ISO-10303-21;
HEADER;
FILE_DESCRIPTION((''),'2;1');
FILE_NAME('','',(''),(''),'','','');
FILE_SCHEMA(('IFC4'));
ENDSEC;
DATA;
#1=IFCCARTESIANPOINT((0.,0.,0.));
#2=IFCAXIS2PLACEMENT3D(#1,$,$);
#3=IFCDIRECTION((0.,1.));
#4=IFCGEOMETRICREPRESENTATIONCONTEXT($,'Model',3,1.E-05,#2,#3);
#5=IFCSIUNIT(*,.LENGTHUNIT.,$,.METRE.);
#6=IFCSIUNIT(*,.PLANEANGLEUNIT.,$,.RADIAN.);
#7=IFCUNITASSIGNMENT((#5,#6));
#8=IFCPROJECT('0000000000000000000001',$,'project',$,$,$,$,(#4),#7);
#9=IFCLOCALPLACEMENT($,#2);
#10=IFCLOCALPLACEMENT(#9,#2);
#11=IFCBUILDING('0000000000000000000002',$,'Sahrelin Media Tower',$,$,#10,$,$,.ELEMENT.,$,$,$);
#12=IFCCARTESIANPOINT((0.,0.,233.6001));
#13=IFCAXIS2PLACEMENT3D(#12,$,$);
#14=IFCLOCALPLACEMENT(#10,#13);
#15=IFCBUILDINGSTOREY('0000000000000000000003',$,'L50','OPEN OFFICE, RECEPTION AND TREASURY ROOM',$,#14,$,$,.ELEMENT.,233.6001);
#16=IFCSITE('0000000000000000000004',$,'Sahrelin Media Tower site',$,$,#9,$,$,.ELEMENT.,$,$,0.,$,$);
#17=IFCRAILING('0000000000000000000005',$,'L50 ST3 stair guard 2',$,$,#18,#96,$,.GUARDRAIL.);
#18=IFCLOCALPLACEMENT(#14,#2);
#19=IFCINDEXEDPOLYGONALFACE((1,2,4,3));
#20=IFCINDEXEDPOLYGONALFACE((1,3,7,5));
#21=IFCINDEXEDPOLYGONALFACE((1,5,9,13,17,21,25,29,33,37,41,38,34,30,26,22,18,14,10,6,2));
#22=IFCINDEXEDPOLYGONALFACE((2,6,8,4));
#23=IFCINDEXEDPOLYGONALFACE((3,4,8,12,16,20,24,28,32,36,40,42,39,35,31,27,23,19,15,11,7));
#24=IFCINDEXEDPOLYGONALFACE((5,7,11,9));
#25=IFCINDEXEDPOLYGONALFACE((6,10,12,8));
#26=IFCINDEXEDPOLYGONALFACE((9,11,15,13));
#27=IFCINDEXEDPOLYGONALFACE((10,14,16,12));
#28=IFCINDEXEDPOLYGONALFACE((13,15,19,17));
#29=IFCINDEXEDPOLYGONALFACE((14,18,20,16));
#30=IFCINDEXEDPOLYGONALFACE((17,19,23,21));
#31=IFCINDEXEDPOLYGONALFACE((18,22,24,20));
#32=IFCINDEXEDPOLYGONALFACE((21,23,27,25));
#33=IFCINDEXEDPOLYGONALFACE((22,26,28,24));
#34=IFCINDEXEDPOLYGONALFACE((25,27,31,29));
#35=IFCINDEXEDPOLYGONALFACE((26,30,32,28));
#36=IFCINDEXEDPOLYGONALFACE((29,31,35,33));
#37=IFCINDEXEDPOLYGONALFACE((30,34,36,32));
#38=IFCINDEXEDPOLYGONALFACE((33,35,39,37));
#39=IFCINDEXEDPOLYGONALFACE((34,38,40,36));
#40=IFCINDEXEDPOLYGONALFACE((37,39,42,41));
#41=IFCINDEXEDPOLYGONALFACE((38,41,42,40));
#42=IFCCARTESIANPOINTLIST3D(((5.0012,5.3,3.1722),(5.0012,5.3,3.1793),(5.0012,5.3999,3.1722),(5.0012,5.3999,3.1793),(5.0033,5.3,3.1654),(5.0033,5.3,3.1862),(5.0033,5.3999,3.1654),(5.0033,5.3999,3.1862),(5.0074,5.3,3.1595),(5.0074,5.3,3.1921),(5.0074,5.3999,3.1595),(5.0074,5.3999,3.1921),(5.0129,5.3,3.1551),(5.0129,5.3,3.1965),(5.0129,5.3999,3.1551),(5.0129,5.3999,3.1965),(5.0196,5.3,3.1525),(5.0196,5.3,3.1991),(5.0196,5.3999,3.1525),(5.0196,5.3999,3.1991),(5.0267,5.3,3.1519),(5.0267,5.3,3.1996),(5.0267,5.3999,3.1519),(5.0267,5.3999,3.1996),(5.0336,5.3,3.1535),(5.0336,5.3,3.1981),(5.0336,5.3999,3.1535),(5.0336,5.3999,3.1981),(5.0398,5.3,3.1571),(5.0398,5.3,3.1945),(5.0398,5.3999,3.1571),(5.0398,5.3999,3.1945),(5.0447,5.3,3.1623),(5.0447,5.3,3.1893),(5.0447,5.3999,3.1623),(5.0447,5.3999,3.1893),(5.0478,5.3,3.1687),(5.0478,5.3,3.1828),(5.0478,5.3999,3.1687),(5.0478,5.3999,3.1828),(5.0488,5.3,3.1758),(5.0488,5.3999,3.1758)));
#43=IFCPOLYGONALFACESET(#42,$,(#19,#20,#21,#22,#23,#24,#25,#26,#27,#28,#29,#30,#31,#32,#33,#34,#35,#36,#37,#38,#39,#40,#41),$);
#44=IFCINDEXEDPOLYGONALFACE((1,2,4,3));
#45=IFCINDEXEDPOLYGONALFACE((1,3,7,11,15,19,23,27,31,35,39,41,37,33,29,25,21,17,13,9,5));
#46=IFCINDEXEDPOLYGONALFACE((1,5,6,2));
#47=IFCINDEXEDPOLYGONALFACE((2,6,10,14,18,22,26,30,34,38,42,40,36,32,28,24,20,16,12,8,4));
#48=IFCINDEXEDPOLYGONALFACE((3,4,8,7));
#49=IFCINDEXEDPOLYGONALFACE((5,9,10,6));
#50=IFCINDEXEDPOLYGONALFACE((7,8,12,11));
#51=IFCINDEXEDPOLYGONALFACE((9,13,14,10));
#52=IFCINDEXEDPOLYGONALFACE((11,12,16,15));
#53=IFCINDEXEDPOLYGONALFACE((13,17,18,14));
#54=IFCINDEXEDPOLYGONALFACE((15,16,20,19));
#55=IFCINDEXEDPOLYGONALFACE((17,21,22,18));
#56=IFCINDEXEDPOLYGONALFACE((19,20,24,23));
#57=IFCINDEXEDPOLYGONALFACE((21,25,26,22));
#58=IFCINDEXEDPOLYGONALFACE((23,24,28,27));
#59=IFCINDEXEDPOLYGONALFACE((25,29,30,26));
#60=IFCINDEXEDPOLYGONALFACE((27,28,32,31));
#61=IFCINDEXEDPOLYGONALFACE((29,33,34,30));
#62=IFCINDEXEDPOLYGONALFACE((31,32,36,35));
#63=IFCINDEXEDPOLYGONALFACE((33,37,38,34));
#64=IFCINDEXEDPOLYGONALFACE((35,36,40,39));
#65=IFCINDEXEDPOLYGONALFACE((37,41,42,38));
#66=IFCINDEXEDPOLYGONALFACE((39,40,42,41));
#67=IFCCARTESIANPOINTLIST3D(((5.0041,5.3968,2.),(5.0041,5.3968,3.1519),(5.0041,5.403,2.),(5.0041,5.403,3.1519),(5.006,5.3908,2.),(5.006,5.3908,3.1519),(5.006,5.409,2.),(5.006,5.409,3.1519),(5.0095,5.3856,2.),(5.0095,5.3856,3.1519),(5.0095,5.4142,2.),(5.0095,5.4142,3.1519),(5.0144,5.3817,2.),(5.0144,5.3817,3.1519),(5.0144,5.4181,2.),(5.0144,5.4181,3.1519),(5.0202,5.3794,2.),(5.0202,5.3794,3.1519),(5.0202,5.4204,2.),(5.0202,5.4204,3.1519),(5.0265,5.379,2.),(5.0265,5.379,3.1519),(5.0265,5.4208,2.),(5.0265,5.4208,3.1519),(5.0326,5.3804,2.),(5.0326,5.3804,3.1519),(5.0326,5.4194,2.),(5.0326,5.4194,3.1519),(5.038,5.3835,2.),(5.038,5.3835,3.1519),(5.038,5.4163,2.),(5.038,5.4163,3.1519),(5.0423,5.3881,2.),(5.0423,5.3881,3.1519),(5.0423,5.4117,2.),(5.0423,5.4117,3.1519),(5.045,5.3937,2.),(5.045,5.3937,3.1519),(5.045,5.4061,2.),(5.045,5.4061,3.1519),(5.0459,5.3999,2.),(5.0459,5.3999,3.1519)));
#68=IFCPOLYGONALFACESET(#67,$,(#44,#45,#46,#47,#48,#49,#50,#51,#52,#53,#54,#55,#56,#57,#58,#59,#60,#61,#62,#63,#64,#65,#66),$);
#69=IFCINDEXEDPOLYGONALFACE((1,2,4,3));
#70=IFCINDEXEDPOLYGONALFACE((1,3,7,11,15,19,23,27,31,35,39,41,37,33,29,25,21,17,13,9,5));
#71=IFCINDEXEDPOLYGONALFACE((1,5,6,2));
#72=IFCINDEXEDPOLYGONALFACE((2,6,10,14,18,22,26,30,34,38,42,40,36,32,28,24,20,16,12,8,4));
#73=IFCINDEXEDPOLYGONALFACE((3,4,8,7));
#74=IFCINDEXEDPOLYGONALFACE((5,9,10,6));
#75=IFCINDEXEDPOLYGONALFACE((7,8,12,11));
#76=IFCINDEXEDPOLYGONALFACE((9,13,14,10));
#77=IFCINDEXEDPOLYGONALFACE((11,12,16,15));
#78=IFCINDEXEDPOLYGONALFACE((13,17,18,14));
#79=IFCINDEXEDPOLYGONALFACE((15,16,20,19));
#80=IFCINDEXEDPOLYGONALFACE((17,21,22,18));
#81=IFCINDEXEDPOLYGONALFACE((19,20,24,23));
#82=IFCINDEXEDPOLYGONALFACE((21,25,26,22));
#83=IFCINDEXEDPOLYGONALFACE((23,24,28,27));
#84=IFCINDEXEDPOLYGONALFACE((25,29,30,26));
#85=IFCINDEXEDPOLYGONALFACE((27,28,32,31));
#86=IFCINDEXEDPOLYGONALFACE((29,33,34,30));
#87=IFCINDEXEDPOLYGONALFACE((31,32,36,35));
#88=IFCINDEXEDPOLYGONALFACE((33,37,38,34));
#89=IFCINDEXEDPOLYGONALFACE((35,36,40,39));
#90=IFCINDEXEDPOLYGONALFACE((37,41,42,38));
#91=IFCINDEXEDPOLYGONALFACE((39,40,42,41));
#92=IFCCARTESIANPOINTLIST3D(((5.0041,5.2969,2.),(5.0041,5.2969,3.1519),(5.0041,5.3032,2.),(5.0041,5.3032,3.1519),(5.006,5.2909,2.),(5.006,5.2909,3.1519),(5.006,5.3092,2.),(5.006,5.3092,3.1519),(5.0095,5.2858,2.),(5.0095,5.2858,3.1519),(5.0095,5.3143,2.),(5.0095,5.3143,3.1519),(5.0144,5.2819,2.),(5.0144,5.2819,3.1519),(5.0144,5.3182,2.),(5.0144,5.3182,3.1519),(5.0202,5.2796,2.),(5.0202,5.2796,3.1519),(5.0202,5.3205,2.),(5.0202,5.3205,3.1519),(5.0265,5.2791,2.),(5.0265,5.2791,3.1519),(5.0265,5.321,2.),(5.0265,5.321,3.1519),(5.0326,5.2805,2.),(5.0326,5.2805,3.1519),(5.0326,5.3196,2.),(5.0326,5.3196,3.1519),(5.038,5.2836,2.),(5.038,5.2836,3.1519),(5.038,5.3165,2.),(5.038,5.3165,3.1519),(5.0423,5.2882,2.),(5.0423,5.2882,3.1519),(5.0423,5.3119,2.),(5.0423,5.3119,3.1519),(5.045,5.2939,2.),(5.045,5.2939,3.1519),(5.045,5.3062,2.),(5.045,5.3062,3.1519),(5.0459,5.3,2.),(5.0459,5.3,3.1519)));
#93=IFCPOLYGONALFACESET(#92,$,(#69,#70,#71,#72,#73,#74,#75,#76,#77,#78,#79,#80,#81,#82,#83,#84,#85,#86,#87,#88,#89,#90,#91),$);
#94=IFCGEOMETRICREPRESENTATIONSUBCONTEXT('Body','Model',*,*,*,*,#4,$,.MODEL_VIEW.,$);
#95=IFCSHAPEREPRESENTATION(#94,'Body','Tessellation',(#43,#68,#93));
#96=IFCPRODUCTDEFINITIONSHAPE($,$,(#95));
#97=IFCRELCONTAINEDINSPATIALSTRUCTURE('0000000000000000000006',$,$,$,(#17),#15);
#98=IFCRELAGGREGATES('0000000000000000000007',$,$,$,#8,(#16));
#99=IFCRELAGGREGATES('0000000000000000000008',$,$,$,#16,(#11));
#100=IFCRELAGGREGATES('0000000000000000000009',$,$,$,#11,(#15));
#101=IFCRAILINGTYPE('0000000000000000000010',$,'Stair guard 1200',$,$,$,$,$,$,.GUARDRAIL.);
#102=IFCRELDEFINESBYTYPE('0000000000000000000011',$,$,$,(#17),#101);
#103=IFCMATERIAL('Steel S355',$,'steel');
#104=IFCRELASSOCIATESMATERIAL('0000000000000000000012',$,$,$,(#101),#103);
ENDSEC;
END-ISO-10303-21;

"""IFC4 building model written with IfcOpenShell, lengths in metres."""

from ifc_helpers import new_model, si_unit, direction, frame, origin, origin_2d, place, context, subcontext, project, spatial, circle, extrude, material, type_object, element, save


model = new_model("IFC4")

# Units and contexts
model_context = context("Model", 3, precision=1e-05, world=origin(), true_north=direction((0.0, 1.0)))
body_context = subcontext(model_context, "Body", "Model", "MODEL_VIEW")
ifc_project = project(units=[si_unit("LENGTHUNIT", "METRE"), si_unit("PLANEANGLEUNIT", "RADIAN")], contexts=[model_context])

# Site, building, storey
site_placement = place(None, origin())
site = spatial("IfcSite", under=ifc_project, at=site_placement, Name="Sahrelin Media Tower site", CompositionType="ELEMENT", RefElevation=0.0)
building_placement = place(site_placement, origin())
building = spatial("IfcBuilding", under=site, at=building_placement, Name="Sahrelin Media Tower", CompositionType="ELEMENT")
storey_placement = place(building_placement, frame((0.0, 0.0, 233.6001)))
storey = spatial("IfcBuildingStorey", under=building, at=storey_placement, Name="L50", Description="OPEN OFFICE, RECEPTION AND TREASURY ROOM", CompositionType="ELEMENT", Elevation=233.6001)

# Shared definitions
ifc_material_1 = material(Name="Steel S355", Category="steel")

# Railing
railing_type_1 = type_object("IfcRailingType", Name="Stair guard 1200", PredefinedType="GUARDRAIL", material=ifc_material_1)
railing_1_placement = place(storey_placement, frame((5.0249, 5.3999, 2.0)))
element("IfcRailing", 1, at=railing_1_placement, inside=storey, type_object=railing_type_1, Name="L50 ST3 stair guard 2", PredefinedType="GUARDRAIL", context=body_context, shape_type="SweptSolid", body=[
    extrude(circle(Radius=0.0239, at=origin_2d()), frame((0.0, 0.0, 1.1758), z_axis=(0.0, -1.0, 0.0), x_axis=(1.0, 0.0, 0.0)), (0.0, 0.0, 1.0), 0.0999),
    extrude(circle(Radius=0.021, at=origin_2d()), origin(), (0.0, 0.0, 1.0), 1.1519),
    extrude(circle(Radius=0.021, at=origin_2d()), frame((0.0, -0.0999, 0.0)), (0.0, 0.0, 1.0), 1.1519),
])

save(model, "model.ifc")
